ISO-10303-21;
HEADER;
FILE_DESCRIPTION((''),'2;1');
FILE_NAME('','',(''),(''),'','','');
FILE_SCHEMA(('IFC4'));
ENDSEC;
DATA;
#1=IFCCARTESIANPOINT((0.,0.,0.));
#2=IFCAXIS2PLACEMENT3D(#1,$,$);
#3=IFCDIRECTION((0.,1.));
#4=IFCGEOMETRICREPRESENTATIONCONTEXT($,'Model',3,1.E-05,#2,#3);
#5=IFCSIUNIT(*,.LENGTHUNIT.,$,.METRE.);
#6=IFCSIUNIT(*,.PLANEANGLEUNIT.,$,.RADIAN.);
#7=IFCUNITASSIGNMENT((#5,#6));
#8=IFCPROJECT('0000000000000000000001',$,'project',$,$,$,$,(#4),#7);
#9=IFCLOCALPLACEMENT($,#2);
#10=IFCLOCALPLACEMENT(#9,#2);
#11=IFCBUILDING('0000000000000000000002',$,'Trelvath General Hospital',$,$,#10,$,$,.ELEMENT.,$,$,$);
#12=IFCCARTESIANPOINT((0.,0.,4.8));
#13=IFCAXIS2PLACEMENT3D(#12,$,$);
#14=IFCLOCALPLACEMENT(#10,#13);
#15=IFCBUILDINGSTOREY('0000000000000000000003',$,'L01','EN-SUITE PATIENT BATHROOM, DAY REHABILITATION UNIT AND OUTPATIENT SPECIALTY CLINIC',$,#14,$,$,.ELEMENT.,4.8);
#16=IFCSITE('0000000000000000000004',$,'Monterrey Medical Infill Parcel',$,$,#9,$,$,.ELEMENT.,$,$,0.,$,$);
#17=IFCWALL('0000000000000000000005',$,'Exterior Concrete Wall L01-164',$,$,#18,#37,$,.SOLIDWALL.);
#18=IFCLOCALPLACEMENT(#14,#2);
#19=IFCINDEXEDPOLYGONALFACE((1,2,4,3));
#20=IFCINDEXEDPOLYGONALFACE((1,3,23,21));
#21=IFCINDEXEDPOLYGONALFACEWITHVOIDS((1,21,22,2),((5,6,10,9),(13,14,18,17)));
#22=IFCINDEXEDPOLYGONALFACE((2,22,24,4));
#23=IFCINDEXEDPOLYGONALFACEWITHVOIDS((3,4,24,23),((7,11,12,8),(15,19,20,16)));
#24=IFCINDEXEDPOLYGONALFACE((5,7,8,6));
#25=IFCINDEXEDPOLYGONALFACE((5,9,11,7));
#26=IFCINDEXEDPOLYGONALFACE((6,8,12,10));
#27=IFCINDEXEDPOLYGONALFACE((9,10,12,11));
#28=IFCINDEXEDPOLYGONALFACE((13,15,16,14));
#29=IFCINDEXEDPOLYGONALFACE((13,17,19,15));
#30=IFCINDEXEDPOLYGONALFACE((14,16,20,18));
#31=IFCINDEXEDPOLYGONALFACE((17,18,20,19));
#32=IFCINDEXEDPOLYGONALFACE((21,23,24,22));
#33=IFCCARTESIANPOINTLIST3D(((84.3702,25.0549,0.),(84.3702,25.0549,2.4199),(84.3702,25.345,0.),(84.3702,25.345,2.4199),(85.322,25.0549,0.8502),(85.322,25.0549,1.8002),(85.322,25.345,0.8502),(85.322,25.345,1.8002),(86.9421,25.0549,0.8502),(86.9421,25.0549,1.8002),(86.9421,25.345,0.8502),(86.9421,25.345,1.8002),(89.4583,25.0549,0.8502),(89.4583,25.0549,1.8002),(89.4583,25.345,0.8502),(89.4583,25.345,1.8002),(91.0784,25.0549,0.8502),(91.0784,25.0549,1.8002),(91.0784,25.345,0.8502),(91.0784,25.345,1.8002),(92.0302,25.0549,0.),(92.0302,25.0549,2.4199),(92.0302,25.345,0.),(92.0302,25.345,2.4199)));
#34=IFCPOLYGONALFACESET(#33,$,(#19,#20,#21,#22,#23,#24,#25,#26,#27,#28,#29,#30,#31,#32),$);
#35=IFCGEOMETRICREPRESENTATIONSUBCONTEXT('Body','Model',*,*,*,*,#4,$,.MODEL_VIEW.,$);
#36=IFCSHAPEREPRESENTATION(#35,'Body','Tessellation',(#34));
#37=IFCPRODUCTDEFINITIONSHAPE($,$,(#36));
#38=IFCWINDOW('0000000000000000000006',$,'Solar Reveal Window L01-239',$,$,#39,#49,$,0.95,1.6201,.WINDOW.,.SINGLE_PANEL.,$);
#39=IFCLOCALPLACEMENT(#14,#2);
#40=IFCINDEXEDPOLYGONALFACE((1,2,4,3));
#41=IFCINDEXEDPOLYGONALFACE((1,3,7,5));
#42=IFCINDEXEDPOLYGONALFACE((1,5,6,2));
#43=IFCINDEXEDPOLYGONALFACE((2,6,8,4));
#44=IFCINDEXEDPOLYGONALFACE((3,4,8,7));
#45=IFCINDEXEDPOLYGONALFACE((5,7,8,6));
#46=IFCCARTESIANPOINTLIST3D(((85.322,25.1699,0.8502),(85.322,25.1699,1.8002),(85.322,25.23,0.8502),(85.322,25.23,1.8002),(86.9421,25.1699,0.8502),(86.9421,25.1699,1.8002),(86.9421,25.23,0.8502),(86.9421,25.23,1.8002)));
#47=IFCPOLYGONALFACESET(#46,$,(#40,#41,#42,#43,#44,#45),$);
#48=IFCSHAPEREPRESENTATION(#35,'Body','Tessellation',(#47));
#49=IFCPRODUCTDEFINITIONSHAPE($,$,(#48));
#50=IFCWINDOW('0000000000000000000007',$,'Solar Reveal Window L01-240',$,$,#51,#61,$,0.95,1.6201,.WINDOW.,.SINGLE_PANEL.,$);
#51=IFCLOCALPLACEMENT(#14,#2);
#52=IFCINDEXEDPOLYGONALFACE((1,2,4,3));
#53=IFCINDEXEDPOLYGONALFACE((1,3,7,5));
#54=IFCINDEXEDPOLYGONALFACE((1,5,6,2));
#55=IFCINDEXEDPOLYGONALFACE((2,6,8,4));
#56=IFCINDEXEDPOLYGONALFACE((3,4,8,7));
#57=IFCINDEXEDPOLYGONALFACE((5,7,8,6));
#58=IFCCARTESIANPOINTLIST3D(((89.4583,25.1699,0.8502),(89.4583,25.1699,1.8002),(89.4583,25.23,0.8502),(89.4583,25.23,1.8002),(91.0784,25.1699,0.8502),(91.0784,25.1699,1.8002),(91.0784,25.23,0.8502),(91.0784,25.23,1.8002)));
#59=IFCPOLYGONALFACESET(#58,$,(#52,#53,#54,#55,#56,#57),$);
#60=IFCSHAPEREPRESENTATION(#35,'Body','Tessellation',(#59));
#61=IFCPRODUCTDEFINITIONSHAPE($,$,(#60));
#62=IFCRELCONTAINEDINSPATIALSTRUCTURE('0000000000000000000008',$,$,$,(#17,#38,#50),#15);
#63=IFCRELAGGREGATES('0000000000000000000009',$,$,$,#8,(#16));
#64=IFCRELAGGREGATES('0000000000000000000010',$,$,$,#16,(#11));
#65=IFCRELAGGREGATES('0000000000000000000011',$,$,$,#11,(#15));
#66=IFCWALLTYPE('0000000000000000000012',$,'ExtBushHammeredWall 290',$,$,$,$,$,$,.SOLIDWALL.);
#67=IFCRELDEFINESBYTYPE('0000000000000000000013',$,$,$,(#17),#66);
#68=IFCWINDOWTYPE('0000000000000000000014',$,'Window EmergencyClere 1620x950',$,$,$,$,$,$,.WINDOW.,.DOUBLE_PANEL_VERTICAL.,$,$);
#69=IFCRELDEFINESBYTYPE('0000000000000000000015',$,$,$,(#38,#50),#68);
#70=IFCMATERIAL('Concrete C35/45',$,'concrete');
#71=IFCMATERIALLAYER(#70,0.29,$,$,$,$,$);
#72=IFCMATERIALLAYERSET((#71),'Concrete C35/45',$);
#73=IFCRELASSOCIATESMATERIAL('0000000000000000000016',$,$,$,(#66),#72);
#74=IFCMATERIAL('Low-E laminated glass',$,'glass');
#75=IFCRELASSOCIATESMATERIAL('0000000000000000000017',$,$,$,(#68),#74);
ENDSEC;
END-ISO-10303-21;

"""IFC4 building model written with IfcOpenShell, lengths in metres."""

from ifc_helpers import new_model, si_unit, direction, frame, frame_2d, origin, place, context, subcontext, project, spatial, rectangle, extrude, material, layer, layer_set, type_object, element, fill, save


model = new_model("IFC4")

# Units and contexts
model_context = context("Model", 3, precision=1e-05, world=origin(), true_north=direction((0.0, 1.0)))
body_context = subcontext(model_context, "Body", "Model", "MODEL_VIEW")
ifc_project = project(units=[si_unit("LENGTHUNIT", "METRE"), si_unit("PLANEANGLEUNIT", "RADIAN")], contexts=[model_context])

# Site, building, storey
site_placement = place(None, origin())
site = spatial("IfcSite", under=ifc_project, at=site_placement, Name="Monterrey Medical Infill Parcel", CompositionType="ELEMENT", RefElevation=0.0)
building_placement = place(site_placement, origin())
building = spatial("IfcBuilding", under=site, at=building_placement, Name="Trelvath General Hospital", CompositionType="ELEMENT")
storey_placement = place(building_placement, frame((0.0, 0.0, 4.8)))
storey = spatial("IfcBuildingStorey", under=building, at=storey_placement, Name="L01", Description="EN-SUITE PATIENT BATHROOM, DAY REHABILITATION UNIT AND OUTPATIENT SPECIALTY CLINIC", CompositionType="ELEMENT", Elevation=4.8)

# Wall, openings, windows
ifc_material_1 = material(Name="Concrete C35/45", Category="concrete")
ifc_layer_1 = layer(ifc_material_1, 0.29)
ifc_layer_set_1 = layer_set([ifc_layer_1], Name="Concrete C35/45")
wall_type_1 = type_object("IfcWallType", Name="ExtBushHammeredWall 290", PredefinedType="SOLIDWALL", material=ifc_layer_set_1)
wall_1_placement = place(storey_placement, frame((84.3701, 25.2, 0.0), z_axis=(0.0, 0.0, 1.0), x_axis=(1.0, 0.0, 0.0)))
wall_1 = element("IfcWall", 1, at=wall_1_placement, inside=storey, type_object=wall_type_1, Name="Exterior Concrete Wall L01-164", PredefinedType="SOLIDWALL", context=body_context, shape_type="SweptSolid", body=[
    extrude(rectangle(XDim=7.6599, YDim=0.29, at=frame_2d((3.8301, 0.0))), origin(), (0.0, 0.0, 1.0), 2.4199),
])
opening_1_placement = place(wall_1_placement, frame((0.9519, 0.0, 0.8501)))
opening_1 = element("IfcOpeningElement", 2, at=opening_1_placement, cuts=wall_1, PredefinedType="OPENING", context=body_context, shape_type="SweptSolid", body=[
    extrude(rectangle(XDim=1.6201, YDim=0.95, at=frame_2d((0.8101, 0.4751))), frame((0.0, 0.155, 0.0), z_axis=(0.0, -1.0, 0.0), x_axis=(1.0, 0.0, 0.0)), (0.0, 0.0, 1.0), 0.3101),
])
opening_2_placement = place(wall_1_placement, frame((5.0881, 0.0, 0.8501)))
opening_2 = element("IfcOpeningElement", 3, at=opening_2_placement, cuts=wall_1, PredefinedType="OPENING", context=body_context, shape_type="SweptSolid", body=[
    extrude(rectangle(XDim=1.6201, YDim=0.95, at=frame_2d((0.8101, 0.4751))), frame((0.0, 0.155, 0.0), z_axis=(0.0, -1.0, 0.0), x_axis=(1.0, 0.0, 0.0)), (0.0, 0.0, 1.0), 0.3101),
])
ifc_material_2 = material(Name="Low-E laminated glass", Category="glass")
window_type = type_object("IfcWindowType", Name="Window EmergencyClere 1620x950", PartitioningType="DOUBLE_PANEL_VERTICAL", PredefinedType="WINDOW", material=ifc_material_2)
window_1_placement = place(opening_1_placement, origin())
window_1 = element("IfcWindow", 4, at=window_1_placement, inside=storey, type_object=window_type, Name="Solar Reveal Window L01-239", OverallHeight=0.95, OverallWidth=1.6201, PartitioningType="SINGLE_PANEL", PredefinedType="WINDOW", context=body_context, shape_type="SweptSolid", body=[
    extrude(rectangle(XDim=1.6201, YDim=0.95, at=frame_2d((0.8101, 0.4751))), frame((0.0, 0.03, 0.0), z_axis=(0.0, -1.0, 0.0), x_axis=(1.0, 0.0, 0.0)), (0.0, 0.0, 1.0), 0.0601),
])
fill(opening_1, window_1)
window_2_placement = place(opening_2_placement, origin())
window_2 = element("IfcWindow", 5, at=window_2_placement, inside=storey, type_object=window_type, Name="Solar Reveal Window L01-240", OverallHeight=0.95, OverallWidth=1.6201, PartitioningType="SINGLE_PANEL", PredefinedType="WINDOW", context=body_context, shape_type="SweptSolid", body=[
    extrude(rectangle(XDim=1.6201, YDim=0.95, at=frame_2d((0.8101, 0.4751))), frame((0.0, 0.03, 0.0), z_axis=(0.0, -1.0, 0.0), x_axis=(1.0, 0.0, 0.0)), (0.0, 0.0, 1.0), 0.0601),
])
fill(opening_2, window_2)

save(model, "model.ifc")
